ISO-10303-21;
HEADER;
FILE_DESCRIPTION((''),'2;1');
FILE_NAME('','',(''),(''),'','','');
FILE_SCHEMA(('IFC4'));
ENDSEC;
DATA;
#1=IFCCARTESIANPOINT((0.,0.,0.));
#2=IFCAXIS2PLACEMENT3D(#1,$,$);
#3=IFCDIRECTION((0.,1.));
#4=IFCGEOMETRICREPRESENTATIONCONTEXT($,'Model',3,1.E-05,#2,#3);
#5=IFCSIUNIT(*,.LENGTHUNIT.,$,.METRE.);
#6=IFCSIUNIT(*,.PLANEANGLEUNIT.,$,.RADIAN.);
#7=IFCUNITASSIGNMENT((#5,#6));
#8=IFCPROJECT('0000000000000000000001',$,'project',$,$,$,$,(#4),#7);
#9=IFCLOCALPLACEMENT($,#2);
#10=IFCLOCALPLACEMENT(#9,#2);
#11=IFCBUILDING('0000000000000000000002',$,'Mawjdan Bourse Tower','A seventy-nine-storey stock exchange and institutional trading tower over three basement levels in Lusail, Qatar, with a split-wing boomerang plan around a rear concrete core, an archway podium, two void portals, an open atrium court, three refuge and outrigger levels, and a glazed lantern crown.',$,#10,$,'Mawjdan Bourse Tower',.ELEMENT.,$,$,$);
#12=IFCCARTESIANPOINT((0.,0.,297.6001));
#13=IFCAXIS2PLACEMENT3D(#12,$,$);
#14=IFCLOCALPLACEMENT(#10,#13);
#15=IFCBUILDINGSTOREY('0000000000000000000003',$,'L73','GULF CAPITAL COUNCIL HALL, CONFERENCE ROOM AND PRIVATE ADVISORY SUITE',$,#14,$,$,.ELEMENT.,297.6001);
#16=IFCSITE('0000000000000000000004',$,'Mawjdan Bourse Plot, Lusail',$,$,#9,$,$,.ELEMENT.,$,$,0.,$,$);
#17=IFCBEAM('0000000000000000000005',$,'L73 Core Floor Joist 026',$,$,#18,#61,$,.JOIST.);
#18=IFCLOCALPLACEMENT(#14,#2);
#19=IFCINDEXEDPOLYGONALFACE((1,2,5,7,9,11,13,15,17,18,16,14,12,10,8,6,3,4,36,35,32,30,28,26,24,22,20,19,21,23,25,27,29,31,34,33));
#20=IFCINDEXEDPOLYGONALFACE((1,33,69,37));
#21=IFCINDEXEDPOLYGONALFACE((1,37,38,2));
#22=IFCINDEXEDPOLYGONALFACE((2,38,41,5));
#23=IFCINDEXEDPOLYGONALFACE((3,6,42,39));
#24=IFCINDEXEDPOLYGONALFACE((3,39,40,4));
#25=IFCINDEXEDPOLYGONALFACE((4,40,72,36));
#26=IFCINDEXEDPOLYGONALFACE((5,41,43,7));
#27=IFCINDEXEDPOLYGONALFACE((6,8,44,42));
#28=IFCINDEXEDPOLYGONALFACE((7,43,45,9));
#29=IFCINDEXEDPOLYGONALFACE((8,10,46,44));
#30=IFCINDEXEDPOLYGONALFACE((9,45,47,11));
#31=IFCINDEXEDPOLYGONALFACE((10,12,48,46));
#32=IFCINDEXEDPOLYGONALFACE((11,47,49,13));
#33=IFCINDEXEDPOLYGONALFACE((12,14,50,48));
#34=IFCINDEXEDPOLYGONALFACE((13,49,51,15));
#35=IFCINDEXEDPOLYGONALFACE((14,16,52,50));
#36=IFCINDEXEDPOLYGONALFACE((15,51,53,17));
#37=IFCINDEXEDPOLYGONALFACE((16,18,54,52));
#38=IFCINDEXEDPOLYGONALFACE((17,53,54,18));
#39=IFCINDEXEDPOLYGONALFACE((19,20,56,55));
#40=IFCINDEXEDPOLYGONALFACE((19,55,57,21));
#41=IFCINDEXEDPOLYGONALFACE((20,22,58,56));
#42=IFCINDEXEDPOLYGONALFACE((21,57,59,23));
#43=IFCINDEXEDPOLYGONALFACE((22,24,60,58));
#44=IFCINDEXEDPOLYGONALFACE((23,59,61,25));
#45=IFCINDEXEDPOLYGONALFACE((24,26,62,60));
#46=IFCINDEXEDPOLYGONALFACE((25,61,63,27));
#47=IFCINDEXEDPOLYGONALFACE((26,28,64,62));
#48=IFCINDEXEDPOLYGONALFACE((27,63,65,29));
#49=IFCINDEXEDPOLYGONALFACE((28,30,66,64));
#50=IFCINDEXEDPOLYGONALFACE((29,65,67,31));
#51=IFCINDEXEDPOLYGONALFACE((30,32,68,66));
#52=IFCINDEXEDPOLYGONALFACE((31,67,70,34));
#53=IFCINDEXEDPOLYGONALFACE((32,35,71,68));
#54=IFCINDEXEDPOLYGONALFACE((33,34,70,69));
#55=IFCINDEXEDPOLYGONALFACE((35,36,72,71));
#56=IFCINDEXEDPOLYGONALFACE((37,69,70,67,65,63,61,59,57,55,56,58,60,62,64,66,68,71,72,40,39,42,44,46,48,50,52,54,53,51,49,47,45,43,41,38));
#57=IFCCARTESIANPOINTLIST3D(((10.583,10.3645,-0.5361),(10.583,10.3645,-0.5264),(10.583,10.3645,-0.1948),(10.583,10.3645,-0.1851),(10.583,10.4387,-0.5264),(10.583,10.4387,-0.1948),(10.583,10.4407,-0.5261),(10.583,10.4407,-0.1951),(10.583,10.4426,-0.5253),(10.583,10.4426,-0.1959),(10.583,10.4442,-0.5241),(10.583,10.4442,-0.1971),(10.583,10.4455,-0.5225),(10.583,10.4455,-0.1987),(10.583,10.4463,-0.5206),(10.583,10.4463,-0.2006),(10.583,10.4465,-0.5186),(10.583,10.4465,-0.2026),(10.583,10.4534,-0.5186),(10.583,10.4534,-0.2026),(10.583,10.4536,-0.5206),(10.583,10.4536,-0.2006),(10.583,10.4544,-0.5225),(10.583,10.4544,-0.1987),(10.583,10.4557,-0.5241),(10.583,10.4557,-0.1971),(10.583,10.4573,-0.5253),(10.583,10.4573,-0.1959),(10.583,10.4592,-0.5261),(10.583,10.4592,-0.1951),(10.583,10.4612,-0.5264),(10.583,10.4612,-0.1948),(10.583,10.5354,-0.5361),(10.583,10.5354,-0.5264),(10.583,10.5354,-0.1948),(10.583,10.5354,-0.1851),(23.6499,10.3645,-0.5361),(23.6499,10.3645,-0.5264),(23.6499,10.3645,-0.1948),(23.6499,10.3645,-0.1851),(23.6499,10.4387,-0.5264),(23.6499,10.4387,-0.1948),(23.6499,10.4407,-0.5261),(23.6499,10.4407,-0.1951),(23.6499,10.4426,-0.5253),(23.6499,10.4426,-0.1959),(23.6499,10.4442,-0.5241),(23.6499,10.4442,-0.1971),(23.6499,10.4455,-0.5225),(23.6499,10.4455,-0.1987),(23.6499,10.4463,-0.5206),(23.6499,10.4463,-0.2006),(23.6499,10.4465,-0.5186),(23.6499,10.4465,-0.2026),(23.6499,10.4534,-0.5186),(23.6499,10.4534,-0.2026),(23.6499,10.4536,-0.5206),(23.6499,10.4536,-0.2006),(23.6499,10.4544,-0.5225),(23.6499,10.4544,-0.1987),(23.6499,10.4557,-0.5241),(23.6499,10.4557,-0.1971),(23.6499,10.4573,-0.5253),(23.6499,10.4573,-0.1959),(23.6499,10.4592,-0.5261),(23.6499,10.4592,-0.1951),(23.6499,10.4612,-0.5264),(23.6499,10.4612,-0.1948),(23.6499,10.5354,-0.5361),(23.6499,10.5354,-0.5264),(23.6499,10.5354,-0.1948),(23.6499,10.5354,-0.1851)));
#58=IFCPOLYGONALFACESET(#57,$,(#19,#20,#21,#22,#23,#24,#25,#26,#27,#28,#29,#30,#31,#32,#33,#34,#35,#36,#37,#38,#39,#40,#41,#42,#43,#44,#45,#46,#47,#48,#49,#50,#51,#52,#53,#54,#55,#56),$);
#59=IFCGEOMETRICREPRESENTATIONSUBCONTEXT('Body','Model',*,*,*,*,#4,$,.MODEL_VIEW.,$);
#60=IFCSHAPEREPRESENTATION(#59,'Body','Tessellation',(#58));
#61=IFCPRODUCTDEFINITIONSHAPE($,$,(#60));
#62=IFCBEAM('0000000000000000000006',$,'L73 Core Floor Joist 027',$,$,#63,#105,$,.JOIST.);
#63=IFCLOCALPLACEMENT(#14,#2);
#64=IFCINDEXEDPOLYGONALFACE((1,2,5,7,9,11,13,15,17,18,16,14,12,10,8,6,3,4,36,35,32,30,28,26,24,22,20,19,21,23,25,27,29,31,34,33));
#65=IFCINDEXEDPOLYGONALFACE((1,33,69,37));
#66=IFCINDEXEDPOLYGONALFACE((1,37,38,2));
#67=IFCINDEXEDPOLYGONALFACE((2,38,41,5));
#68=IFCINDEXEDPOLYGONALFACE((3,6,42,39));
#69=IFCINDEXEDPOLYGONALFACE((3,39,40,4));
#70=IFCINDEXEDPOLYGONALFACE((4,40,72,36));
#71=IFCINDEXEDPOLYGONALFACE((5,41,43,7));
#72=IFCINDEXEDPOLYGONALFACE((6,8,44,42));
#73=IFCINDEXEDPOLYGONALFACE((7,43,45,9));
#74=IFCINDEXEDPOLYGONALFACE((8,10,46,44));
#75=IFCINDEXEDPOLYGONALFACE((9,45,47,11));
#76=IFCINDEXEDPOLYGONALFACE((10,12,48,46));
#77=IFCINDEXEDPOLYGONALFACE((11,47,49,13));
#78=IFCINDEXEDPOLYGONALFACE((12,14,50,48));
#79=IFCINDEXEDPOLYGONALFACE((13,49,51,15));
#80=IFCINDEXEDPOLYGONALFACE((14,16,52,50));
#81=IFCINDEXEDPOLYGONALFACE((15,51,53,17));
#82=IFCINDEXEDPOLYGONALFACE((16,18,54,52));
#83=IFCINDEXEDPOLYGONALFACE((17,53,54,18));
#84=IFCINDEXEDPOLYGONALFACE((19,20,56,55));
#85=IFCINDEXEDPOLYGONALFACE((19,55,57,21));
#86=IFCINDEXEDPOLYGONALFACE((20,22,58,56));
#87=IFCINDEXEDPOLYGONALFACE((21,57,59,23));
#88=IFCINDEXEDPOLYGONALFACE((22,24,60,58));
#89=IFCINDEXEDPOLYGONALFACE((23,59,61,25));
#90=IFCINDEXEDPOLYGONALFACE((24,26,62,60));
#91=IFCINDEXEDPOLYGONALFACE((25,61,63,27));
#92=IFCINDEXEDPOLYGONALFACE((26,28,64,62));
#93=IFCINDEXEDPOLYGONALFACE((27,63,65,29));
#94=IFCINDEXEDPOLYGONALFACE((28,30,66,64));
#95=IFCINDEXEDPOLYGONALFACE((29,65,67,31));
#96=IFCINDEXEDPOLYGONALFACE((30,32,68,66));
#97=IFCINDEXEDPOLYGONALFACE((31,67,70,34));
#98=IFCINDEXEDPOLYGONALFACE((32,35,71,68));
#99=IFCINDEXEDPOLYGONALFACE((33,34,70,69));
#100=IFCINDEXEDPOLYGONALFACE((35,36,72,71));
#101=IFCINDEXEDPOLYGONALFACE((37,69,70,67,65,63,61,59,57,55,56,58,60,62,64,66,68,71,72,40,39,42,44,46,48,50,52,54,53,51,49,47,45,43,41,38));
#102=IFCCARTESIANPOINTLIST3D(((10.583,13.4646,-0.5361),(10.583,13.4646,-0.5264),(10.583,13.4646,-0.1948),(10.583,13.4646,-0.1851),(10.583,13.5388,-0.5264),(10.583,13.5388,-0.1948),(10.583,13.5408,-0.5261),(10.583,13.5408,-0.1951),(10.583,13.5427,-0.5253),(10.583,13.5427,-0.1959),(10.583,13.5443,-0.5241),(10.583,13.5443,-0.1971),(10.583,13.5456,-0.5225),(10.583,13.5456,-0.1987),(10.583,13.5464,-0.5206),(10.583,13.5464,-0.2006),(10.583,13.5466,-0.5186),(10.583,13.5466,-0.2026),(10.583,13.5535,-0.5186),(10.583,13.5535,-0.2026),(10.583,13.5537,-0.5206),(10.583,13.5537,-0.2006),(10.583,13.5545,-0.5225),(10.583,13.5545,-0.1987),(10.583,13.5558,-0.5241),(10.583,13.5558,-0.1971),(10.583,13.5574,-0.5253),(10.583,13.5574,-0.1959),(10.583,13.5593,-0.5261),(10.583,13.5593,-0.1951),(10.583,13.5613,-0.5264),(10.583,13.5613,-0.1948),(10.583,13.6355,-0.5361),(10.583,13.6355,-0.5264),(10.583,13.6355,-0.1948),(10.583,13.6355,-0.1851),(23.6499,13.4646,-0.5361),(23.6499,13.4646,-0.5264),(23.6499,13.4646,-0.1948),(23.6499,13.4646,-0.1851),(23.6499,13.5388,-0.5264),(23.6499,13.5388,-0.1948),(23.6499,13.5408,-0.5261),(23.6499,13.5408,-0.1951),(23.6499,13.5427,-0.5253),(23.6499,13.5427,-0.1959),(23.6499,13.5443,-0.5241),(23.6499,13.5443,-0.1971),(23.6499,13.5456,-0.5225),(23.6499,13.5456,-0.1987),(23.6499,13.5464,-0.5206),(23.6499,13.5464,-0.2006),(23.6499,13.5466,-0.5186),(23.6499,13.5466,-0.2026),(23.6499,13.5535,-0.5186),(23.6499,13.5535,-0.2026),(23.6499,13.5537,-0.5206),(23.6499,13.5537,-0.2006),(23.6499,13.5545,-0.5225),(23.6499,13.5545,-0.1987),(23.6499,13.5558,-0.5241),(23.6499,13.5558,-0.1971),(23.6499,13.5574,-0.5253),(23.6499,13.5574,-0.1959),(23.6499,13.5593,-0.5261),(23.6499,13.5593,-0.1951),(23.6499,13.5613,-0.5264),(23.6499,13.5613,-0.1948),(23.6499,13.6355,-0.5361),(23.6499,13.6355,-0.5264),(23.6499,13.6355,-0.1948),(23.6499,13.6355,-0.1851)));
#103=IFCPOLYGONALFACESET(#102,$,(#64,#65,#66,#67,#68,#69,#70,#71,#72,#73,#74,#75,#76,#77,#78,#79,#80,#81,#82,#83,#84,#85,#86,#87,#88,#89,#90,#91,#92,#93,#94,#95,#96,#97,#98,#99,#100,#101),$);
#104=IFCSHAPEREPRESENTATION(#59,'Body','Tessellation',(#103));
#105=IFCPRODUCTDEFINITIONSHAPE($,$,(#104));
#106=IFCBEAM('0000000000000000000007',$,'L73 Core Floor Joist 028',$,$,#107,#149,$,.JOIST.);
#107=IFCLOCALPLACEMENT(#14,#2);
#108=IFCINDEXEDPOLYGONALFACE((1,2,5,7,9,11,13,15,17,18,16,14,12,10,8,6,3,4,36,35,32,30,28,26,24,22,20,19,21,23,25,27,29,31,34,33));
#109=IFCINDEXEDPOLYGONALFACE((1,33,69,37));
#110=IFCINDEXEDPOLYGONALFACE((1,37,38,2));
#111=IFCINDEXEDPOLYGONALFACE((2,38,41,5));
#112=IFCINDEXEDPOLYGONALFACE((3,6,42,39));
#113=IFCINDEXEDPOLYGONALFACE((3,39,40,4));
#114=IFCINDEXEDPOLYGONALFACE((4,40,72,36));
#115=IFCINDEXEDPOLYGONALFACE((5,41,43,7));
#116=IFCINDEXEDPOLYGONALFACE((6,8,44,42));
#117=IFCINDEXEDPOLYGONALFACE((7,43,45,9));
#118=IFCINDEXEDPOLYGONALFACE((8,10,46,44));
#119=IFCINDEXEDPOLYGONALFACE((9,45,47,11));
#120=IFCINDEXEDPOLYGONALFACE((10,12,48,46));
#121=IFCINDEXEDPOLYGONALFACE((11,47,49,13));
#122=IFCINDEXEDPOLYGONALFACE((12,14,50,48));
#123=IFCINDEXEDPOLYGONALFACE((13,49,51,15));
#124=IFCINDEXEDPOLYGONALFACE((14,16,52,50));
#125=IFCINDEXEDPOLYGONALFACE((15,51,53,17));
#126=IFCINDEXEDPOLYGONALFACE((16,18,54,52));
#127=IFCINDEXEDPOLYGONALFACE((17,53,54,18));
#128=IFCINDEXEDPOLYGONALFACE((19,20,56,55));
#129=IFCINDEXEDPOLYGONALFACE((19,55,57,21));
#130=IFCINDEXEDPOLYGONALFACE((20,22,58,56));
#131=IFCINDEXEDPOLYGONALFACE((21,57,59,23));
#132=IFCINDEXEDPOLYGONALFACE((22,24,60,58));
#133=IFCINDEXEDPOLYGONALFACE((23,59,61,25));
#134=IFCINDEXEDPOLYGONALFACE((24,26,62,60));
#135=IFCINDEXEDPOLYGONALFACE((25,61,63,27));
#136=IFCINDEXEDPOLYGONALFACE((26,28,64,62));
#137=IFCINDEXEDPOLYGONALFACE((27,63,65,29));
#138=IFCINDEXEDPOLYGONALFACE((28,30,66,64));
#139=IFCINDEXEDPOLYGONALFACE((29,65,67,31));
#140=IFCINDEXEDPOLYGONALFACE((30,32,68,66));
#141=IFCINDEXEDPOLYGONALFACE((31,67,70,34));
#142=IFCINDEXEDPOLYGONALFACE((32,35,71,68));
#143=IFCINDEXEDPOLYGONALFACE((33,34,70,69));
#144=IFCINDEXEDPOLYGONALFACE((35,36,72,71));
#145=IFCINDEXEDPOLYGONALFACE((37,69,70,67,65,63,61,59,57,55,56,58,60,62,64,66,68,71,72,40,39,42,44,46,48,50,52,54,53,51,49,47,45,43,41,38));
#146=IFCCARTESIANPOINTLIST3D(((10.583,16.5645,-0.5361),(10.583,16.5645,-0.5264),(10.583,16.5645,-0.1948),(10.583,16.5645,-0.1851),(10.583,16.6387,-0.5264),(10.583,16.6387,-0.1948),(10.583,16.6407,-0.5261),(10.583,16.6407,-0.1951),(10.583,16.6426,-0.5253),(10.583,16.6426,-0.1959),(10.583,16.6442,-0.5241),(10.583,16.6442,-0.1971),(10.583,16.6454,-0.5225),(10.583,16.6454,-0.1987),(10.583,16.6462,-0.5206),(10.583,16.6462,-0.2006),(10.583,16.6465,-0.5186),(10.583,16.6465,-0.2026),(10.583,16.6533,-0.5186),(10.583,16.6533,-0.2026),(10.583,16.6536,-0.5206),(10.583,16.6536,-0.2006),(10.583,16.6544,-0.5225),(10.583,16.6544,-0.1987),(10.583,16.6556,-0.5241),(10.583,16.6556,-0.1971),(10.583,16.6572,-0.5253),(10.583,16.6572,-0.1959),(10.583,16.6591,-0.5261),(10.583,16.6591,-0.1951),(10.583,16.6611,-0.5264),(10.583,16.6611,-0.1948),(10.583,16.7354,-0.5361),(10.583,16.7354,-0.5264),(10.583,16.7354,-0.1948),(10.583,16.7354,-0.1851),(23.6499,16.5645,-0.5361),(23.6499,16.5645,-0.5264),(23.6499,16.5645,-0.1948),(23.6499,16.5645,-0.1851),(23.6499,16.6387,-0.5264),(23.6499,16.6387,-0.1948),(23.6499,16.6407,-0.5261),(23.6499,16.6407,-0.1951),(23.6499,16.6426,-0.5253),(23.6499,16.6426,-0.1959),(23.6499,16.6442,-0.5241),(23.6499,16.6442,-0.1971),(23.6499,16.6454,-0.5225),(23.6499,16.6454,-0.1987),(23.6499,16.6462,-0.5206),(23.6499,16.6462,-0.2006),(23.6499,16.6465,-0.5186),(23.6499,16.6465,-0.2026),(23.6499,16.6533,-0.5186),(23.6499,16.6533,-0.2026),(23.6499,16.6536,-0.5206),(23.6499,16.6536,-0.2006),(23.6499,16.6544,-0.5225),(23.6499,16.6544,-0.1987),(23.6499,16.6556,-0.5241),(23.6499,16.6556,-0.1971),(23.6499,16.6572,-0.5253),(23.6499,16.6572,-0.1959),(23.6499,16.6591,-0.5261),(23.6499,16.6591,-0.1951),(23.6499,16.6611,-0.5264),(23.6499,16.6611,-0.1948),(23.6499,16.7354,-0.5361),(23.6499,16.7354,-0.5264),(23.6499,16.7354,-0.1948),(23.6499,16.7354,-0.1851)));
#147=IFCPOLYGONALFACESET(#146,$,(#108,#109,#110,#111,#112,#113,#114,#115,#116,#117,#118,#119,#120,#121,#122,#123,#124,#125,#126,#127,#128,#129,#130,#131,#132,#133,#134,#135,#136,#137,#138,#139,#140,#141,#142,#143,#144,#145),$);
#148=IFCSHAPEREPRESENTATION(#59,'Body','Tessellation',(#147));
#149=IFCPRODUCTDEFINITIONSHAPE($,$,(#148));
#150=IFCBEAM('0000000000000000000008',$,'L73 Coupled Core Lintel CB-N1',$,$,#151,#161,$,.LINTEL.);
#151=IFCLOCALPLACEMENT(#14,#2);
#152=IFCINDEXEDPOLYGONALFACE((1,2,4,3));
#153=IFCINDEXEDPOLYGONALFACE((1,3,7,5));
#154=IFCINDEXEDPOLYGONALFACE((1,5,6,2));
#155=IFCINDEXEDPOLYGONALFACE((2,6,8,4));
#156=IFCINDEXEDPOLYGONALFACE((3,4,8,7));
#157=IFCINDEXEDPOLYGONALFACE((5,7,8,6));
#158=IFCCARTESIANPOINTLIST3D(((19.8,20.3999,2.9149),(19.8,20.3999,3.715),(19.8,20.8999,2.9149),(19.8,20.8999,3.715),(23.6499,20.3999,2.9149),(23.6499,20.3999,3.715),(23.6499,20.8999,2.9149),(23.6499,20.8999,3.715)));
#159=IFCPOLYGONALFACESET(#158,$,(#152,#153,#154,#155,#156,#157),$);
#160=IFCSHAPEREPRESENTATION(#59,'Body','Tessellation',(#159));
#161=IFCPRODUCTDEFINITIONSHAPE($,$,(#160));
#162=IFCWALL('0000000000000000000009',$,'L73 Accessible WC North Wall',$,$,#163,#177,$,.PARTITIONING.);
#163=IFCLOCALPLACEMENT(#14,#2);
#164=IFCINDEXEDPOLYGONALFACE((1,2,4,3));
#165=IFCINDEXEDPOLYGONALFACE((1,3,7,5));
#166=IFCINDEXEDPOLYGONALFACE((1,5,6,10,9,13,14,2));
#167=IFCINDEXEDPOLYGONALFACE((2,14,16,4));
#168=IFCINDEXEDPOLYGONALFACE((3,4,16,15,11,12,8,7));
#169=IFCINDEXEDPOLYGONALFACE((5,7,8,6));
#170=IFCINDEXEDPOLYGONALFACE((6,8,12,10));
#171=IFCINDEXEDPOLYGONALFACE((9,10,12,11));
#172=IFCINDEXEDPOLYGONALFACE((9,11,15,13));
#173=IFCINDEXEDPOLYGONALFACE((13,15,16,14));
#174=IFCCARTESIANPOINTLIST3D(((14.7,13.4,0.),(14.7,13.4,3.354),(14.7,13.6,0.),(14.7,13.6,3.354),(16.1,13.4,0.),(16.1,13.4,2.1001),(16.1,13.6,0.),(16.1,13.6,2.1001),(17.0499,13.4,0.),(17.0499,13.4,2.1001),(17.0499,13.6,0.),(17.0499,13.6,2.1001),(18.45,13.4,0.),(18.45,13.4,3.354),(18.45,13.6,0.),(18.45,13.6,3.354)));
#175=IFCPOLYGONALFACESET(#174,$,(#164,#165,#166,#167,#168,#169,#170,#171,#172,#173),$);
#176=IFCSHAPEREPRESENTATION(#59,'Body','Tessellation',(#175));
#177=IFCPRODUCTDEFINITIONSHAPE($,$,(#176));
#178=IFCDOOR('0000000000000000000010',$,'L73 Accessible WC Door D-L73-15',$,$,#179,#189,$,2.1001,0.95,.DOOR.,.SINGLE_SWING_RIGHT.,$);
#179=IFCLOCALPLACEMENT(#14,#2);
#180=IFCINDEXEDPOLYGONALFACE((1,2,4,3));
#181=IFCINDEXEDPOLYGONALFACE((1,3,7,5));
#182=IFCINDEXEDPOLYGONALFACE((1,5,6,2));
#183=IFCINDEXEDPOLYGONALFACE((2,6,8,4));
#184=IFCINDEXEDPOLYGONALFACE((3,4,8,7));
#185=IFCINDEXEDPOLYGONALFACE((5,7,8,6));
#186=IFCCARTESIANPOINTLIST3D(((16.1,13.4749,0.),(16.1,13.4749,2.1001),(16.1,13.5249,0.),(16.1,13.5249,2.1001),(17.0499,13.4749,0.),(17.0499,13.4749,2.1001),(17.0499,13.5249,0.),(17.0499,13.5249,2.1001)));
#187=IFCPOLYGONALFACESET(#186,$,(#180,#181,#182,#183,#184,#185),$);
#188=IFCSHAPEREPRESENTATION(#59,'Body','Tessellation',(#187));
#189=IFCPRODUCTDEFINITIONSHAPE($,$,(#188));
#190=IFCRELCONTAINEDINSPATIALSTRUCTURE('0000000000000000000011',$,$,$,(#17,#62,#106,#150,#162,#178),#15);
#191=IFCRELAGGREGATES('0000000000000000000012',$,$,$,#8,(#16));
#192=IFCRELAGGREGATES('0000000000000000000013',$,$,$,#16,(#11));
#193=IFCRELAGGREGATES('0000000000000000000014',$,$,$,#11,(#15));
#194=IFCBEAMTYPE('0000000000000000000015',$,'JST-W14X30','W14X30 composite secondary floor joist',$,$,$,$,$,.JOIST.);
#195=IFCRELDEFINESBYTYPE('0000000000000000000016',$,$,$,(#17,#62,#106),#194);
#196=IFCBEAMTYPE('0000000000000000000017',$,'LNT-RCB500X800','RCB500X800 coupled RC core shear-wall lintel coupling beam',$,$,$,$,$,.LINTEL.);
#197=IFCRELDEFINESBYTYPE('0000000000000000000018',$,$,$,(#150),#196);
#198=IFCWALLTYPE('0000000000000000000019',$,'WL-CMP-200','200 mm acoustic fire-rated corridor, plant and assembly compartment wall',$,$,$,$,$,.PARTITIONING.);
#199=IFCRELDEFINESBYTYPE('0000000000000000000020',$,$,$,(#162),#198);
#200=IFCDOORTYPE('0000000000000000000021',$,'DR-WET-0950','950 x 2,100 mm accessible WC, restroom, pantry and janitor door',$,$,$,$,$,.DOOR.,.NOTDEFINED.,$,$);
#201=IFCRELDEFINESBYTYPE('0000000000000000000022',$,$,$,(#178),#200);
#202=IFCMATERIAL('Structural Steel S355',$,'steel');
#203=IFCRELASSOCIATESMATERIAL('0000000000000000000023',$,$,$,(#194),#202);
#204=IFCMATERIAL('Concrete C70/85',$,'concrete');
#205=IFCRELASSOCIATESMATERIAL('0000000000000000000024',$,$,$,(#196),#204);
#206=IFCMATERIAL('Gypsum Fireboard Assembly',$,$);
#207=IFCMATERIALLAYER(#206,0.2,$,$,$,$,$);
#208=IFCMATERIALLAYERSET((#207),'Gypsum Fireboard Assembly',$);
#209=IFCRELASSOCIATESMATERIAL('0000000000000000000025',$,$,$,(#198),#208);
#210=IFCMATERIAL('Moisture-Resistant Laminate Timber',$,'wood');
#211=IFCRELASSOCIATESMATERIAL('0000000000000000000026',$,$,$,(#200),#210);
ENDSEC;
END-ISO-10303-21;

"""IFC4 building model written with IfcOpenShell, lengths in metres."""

from ifc_helpers import new_model, si_unit, direction, frame, frame_2d, origin, origin_2d, place, context, subcontext, project, spatial, rectangle, i_section, extrude, material, layer, layer_set, material_profile, profile_set, type_object, element, fill, save


model = new_model("IFC4")

# Units and contexts
model_context = context("Model", 3, precision=1e-05, world=origin(), true_north=direction((0.0, 1.0)))
body_context = subcontext(model_context, "Body", "Model", "MODEL_VIEW")
ifc_project = project(units=[si_unit("LENGTHUNIT", "METRE"), si_unit("PLANEANGLEUNIT", "RADIAN")], contexts=[model_context])

# Site, building, storey
site_placement = place(None, origin())
site = spatial("IfcSite", under=ifc_project, at=site_placement, Name="Mawjdan Bourse Plot, Lusail", CompositionType="ELEMENT", RefElevation=0.0)
building_placement = place(site_placement, origin())
building = spatial("IfcBuilding", under=site, at=building_placement, Name="Mawjdan Bourse Tower", Description="A seventy-nine-storey stock exchange and institutional trading tower over three basement levels in Lusail, Qatar, with a split-wing boomerang plan around a rear concrete core, an archway podium, two void portals, an open atrium court, three refuge and outrigger levels, and a glazed lantern crown.", LongName="Mawjdan Bourse Tower", CompositionType="ELEMENT")
storey_placement = place(building_placement, frame((0.0, 0.0, 297.6001)))
storey = spatial("IfcBuildingStorey", under=building, at=storey_placement, Name="L73", Description="GULF CAPITAL COUNCIL HALL, CONFERENCE ROOM AND PRIVATE ADVISORY SUITE", CompositionType="ELEMENT", Elevation=297.6001)

# Beams
ifc_material_1 = material(Name="Structural Steel S355", Category="steel")
ifc_material_profile_1 = material_profile(ifc_material_1, i_section(OverallWidth=0.1709, OverallDepth=0.3511, WebThickness=0.0068, FlangeThickness=0.0098, FilletRadius=0.0078, at=origin_2d()), Name="W14X30")
ifc_profile_set_1 = profile_set([ifc_material_profile_1], Name="Structural Steel S355")
beam_type_1 = type_object("IfcBeamType", Name="JST-W14X30", Description="W14X30 composite secondary floor joist", PredefinedType="JOIST", material=ifc_profile_set_1)
for number, where, z_axis, x_axis, name in (
    (1, (10.583, 10.45, -0.3606), (1.0, 0.0, 0.0), (0.0, 1.0, 0.0), "L73 Core Floor Joist 026"),
    (2, (10.583, 13.55, -0.3606), (1.0, 0.0, 0.0), (0.0, 1.0, 0.0), "L73 Core Floor Joist 027"),
    (3, (10.583, 16.6499, -0.3606), (1.0, 0.0, 0.0), (0.0, 1.0, 0.0), "L73 Core Floor Joist 028"),
):
    element("IfcBeam", number, at=place(storey_placement, frame(where, z_axis=z_axis, x_axis=x_axis)), inside=storey, type_object=beam_type_1, Name=name, PredefinedType="JOIST", context=body_context, shape_type="SweptSolid", body=[
        extrude(i_section(OverallWidth=0.1709, OverallDepth=0.3511, WebThickness=0.0068, FlangeThickness=0.0098, FilletRadius=0.0078, at=origin_2d()), origin(), (0.0, 0.0, 1.0), 13.0669),
    ])
ifc_material_2 = material(Name="Concrete C70/85", Category="concrete")
ifc_material_profile_2 = material_profile(ifc_material_2, rectangle(XDim=0.5, YDim=0.8, at=origin_2d()), Name="RCB500X800")
ifc_profile_set_2 = profile_set([ifc_material_profile_2], Name="Concrete C70/85")
beam_type_2 = type_object("IfcBeamType", Name="LNT-RCB500X800", Description="RCB500X800 coupled RC core shear-wall lintel coupling beam", PredefinedType="LINTEL", material=ifc_profile_set_2)
beam_placement = place(storey_placement, frame((19.8, 20.6499, 3.3149), z_axis=(1.0, 0.0, 0.0), x_axis=(0.0, 1.0, 0.0)))
element("IfcBeam", 4, at=beam_placement, inside=storey, type_object=beam_type_2, Name="L73 Coupled Core Lintel CB-N1", PredefinedType="LINTEL", context=body_context, shape_type="SweptSolid", body=[
    extrude(rectangle(XDim=0.5, YDim=0.8, at=origin_2d()), origin(), (0.0, 0.0, 1.0), 3.8499),
])

# Wall, opening, door
ifc_material_3 = material(Name="Gypsum Fireboard Assembly")
ifc_layer_1 = layer(ifc_material_3, 0.2)
ifc_layer_set_1 = layer_set([ifc_layer_1], Name="Gypsum Fireboard Assembly")
wall_type_1 = type_object("IfcWallType", Name="WL-CMP-200", Description="200 mm acoustic fire-rated corridor, plant and assembly compartment wall", PredefinedType="PARTITIONING", material=ifc_layer_set_1)
wall_1_placement = place(storey_placement, frame((14.7, 13.5, 0.0), z_axis=(0.0, 0.0, 1.0), x_axis=(1.0, 0.0, 0.0)))
wall_1 = element("IfcWall", 5, at=wall_1_placement, inside=storey, type_object=wall_type_1, Name="L73 Accessible WC North Wall", PredefinedType="PARTITIONING", context=body_context, shape_type="SweptSolid", body=[
    extrude(rectangle(XDim=3.75, YDim=0.2, at=frame_2d((1.875, 0.0))), origin(), (0.0, 0.0, 1.0), 3.354),
])
opening_1_placement = place(wall_1_placement, frame((1.3999, 0.0, 0.0)))
opening_1 = element("IfcOpeningElement", 6, at=opening_1_placement, cuts=wall_1, PredefinedType="OPENING", context=body_context, shape_type="SweptSolid", body=[
    extrude(rectangle(XDim=0.95, YDim=2.1001, at=frame_2d((0.4751, 1.05))), frame((0.0, 0.1099, 0.0), z_axis=(0.0, -1.0, 0.0), x_axis=(1.0, 0.0, 0.0)), (0.0, 0.0, 1.0), 0.22),
])
ifc_material_4 = material(Name="Moisture-Resistant Laminate Timber", Category="wood")
door_type_1 = type_object("IfcDoorType", Name="DR-WET-0950", Description="950 x 2,100 mm accessible WC, restroom, pantry and janitor door", OperationType="NOTDEFINED", PredefinedType="DOOR", material=ifc_material_4)
door_1_placement = place(opening_1_placement, origin())
door_1 = element("IfcDoor", 7, at=door_1_placement, inside=storey, type_object=door_type_1, Name="L73 Accessible WC Door D-L73-15", OperationType="SINGLE_SWING_RIGHT", OverallHeight=2.1001, OverallWidth=0.95, PredefinedType="DOOR", context=body_context, shape_type="SweptSolid", body=[
    extrude(rectangle(XDim=0.95, YDim=2.1001, at=frame_2d((0.4751, 1.05))), frame((0.0, 0.0249, 0.0), z_axis=(0.0, -1.0, 0.0), x_axis=(1.0, 0.0, 0.0)), (0.0, 0.0, 1.0), 0.05),
])
fill(opening_1, door_1)

save(model, "model.ifc")
